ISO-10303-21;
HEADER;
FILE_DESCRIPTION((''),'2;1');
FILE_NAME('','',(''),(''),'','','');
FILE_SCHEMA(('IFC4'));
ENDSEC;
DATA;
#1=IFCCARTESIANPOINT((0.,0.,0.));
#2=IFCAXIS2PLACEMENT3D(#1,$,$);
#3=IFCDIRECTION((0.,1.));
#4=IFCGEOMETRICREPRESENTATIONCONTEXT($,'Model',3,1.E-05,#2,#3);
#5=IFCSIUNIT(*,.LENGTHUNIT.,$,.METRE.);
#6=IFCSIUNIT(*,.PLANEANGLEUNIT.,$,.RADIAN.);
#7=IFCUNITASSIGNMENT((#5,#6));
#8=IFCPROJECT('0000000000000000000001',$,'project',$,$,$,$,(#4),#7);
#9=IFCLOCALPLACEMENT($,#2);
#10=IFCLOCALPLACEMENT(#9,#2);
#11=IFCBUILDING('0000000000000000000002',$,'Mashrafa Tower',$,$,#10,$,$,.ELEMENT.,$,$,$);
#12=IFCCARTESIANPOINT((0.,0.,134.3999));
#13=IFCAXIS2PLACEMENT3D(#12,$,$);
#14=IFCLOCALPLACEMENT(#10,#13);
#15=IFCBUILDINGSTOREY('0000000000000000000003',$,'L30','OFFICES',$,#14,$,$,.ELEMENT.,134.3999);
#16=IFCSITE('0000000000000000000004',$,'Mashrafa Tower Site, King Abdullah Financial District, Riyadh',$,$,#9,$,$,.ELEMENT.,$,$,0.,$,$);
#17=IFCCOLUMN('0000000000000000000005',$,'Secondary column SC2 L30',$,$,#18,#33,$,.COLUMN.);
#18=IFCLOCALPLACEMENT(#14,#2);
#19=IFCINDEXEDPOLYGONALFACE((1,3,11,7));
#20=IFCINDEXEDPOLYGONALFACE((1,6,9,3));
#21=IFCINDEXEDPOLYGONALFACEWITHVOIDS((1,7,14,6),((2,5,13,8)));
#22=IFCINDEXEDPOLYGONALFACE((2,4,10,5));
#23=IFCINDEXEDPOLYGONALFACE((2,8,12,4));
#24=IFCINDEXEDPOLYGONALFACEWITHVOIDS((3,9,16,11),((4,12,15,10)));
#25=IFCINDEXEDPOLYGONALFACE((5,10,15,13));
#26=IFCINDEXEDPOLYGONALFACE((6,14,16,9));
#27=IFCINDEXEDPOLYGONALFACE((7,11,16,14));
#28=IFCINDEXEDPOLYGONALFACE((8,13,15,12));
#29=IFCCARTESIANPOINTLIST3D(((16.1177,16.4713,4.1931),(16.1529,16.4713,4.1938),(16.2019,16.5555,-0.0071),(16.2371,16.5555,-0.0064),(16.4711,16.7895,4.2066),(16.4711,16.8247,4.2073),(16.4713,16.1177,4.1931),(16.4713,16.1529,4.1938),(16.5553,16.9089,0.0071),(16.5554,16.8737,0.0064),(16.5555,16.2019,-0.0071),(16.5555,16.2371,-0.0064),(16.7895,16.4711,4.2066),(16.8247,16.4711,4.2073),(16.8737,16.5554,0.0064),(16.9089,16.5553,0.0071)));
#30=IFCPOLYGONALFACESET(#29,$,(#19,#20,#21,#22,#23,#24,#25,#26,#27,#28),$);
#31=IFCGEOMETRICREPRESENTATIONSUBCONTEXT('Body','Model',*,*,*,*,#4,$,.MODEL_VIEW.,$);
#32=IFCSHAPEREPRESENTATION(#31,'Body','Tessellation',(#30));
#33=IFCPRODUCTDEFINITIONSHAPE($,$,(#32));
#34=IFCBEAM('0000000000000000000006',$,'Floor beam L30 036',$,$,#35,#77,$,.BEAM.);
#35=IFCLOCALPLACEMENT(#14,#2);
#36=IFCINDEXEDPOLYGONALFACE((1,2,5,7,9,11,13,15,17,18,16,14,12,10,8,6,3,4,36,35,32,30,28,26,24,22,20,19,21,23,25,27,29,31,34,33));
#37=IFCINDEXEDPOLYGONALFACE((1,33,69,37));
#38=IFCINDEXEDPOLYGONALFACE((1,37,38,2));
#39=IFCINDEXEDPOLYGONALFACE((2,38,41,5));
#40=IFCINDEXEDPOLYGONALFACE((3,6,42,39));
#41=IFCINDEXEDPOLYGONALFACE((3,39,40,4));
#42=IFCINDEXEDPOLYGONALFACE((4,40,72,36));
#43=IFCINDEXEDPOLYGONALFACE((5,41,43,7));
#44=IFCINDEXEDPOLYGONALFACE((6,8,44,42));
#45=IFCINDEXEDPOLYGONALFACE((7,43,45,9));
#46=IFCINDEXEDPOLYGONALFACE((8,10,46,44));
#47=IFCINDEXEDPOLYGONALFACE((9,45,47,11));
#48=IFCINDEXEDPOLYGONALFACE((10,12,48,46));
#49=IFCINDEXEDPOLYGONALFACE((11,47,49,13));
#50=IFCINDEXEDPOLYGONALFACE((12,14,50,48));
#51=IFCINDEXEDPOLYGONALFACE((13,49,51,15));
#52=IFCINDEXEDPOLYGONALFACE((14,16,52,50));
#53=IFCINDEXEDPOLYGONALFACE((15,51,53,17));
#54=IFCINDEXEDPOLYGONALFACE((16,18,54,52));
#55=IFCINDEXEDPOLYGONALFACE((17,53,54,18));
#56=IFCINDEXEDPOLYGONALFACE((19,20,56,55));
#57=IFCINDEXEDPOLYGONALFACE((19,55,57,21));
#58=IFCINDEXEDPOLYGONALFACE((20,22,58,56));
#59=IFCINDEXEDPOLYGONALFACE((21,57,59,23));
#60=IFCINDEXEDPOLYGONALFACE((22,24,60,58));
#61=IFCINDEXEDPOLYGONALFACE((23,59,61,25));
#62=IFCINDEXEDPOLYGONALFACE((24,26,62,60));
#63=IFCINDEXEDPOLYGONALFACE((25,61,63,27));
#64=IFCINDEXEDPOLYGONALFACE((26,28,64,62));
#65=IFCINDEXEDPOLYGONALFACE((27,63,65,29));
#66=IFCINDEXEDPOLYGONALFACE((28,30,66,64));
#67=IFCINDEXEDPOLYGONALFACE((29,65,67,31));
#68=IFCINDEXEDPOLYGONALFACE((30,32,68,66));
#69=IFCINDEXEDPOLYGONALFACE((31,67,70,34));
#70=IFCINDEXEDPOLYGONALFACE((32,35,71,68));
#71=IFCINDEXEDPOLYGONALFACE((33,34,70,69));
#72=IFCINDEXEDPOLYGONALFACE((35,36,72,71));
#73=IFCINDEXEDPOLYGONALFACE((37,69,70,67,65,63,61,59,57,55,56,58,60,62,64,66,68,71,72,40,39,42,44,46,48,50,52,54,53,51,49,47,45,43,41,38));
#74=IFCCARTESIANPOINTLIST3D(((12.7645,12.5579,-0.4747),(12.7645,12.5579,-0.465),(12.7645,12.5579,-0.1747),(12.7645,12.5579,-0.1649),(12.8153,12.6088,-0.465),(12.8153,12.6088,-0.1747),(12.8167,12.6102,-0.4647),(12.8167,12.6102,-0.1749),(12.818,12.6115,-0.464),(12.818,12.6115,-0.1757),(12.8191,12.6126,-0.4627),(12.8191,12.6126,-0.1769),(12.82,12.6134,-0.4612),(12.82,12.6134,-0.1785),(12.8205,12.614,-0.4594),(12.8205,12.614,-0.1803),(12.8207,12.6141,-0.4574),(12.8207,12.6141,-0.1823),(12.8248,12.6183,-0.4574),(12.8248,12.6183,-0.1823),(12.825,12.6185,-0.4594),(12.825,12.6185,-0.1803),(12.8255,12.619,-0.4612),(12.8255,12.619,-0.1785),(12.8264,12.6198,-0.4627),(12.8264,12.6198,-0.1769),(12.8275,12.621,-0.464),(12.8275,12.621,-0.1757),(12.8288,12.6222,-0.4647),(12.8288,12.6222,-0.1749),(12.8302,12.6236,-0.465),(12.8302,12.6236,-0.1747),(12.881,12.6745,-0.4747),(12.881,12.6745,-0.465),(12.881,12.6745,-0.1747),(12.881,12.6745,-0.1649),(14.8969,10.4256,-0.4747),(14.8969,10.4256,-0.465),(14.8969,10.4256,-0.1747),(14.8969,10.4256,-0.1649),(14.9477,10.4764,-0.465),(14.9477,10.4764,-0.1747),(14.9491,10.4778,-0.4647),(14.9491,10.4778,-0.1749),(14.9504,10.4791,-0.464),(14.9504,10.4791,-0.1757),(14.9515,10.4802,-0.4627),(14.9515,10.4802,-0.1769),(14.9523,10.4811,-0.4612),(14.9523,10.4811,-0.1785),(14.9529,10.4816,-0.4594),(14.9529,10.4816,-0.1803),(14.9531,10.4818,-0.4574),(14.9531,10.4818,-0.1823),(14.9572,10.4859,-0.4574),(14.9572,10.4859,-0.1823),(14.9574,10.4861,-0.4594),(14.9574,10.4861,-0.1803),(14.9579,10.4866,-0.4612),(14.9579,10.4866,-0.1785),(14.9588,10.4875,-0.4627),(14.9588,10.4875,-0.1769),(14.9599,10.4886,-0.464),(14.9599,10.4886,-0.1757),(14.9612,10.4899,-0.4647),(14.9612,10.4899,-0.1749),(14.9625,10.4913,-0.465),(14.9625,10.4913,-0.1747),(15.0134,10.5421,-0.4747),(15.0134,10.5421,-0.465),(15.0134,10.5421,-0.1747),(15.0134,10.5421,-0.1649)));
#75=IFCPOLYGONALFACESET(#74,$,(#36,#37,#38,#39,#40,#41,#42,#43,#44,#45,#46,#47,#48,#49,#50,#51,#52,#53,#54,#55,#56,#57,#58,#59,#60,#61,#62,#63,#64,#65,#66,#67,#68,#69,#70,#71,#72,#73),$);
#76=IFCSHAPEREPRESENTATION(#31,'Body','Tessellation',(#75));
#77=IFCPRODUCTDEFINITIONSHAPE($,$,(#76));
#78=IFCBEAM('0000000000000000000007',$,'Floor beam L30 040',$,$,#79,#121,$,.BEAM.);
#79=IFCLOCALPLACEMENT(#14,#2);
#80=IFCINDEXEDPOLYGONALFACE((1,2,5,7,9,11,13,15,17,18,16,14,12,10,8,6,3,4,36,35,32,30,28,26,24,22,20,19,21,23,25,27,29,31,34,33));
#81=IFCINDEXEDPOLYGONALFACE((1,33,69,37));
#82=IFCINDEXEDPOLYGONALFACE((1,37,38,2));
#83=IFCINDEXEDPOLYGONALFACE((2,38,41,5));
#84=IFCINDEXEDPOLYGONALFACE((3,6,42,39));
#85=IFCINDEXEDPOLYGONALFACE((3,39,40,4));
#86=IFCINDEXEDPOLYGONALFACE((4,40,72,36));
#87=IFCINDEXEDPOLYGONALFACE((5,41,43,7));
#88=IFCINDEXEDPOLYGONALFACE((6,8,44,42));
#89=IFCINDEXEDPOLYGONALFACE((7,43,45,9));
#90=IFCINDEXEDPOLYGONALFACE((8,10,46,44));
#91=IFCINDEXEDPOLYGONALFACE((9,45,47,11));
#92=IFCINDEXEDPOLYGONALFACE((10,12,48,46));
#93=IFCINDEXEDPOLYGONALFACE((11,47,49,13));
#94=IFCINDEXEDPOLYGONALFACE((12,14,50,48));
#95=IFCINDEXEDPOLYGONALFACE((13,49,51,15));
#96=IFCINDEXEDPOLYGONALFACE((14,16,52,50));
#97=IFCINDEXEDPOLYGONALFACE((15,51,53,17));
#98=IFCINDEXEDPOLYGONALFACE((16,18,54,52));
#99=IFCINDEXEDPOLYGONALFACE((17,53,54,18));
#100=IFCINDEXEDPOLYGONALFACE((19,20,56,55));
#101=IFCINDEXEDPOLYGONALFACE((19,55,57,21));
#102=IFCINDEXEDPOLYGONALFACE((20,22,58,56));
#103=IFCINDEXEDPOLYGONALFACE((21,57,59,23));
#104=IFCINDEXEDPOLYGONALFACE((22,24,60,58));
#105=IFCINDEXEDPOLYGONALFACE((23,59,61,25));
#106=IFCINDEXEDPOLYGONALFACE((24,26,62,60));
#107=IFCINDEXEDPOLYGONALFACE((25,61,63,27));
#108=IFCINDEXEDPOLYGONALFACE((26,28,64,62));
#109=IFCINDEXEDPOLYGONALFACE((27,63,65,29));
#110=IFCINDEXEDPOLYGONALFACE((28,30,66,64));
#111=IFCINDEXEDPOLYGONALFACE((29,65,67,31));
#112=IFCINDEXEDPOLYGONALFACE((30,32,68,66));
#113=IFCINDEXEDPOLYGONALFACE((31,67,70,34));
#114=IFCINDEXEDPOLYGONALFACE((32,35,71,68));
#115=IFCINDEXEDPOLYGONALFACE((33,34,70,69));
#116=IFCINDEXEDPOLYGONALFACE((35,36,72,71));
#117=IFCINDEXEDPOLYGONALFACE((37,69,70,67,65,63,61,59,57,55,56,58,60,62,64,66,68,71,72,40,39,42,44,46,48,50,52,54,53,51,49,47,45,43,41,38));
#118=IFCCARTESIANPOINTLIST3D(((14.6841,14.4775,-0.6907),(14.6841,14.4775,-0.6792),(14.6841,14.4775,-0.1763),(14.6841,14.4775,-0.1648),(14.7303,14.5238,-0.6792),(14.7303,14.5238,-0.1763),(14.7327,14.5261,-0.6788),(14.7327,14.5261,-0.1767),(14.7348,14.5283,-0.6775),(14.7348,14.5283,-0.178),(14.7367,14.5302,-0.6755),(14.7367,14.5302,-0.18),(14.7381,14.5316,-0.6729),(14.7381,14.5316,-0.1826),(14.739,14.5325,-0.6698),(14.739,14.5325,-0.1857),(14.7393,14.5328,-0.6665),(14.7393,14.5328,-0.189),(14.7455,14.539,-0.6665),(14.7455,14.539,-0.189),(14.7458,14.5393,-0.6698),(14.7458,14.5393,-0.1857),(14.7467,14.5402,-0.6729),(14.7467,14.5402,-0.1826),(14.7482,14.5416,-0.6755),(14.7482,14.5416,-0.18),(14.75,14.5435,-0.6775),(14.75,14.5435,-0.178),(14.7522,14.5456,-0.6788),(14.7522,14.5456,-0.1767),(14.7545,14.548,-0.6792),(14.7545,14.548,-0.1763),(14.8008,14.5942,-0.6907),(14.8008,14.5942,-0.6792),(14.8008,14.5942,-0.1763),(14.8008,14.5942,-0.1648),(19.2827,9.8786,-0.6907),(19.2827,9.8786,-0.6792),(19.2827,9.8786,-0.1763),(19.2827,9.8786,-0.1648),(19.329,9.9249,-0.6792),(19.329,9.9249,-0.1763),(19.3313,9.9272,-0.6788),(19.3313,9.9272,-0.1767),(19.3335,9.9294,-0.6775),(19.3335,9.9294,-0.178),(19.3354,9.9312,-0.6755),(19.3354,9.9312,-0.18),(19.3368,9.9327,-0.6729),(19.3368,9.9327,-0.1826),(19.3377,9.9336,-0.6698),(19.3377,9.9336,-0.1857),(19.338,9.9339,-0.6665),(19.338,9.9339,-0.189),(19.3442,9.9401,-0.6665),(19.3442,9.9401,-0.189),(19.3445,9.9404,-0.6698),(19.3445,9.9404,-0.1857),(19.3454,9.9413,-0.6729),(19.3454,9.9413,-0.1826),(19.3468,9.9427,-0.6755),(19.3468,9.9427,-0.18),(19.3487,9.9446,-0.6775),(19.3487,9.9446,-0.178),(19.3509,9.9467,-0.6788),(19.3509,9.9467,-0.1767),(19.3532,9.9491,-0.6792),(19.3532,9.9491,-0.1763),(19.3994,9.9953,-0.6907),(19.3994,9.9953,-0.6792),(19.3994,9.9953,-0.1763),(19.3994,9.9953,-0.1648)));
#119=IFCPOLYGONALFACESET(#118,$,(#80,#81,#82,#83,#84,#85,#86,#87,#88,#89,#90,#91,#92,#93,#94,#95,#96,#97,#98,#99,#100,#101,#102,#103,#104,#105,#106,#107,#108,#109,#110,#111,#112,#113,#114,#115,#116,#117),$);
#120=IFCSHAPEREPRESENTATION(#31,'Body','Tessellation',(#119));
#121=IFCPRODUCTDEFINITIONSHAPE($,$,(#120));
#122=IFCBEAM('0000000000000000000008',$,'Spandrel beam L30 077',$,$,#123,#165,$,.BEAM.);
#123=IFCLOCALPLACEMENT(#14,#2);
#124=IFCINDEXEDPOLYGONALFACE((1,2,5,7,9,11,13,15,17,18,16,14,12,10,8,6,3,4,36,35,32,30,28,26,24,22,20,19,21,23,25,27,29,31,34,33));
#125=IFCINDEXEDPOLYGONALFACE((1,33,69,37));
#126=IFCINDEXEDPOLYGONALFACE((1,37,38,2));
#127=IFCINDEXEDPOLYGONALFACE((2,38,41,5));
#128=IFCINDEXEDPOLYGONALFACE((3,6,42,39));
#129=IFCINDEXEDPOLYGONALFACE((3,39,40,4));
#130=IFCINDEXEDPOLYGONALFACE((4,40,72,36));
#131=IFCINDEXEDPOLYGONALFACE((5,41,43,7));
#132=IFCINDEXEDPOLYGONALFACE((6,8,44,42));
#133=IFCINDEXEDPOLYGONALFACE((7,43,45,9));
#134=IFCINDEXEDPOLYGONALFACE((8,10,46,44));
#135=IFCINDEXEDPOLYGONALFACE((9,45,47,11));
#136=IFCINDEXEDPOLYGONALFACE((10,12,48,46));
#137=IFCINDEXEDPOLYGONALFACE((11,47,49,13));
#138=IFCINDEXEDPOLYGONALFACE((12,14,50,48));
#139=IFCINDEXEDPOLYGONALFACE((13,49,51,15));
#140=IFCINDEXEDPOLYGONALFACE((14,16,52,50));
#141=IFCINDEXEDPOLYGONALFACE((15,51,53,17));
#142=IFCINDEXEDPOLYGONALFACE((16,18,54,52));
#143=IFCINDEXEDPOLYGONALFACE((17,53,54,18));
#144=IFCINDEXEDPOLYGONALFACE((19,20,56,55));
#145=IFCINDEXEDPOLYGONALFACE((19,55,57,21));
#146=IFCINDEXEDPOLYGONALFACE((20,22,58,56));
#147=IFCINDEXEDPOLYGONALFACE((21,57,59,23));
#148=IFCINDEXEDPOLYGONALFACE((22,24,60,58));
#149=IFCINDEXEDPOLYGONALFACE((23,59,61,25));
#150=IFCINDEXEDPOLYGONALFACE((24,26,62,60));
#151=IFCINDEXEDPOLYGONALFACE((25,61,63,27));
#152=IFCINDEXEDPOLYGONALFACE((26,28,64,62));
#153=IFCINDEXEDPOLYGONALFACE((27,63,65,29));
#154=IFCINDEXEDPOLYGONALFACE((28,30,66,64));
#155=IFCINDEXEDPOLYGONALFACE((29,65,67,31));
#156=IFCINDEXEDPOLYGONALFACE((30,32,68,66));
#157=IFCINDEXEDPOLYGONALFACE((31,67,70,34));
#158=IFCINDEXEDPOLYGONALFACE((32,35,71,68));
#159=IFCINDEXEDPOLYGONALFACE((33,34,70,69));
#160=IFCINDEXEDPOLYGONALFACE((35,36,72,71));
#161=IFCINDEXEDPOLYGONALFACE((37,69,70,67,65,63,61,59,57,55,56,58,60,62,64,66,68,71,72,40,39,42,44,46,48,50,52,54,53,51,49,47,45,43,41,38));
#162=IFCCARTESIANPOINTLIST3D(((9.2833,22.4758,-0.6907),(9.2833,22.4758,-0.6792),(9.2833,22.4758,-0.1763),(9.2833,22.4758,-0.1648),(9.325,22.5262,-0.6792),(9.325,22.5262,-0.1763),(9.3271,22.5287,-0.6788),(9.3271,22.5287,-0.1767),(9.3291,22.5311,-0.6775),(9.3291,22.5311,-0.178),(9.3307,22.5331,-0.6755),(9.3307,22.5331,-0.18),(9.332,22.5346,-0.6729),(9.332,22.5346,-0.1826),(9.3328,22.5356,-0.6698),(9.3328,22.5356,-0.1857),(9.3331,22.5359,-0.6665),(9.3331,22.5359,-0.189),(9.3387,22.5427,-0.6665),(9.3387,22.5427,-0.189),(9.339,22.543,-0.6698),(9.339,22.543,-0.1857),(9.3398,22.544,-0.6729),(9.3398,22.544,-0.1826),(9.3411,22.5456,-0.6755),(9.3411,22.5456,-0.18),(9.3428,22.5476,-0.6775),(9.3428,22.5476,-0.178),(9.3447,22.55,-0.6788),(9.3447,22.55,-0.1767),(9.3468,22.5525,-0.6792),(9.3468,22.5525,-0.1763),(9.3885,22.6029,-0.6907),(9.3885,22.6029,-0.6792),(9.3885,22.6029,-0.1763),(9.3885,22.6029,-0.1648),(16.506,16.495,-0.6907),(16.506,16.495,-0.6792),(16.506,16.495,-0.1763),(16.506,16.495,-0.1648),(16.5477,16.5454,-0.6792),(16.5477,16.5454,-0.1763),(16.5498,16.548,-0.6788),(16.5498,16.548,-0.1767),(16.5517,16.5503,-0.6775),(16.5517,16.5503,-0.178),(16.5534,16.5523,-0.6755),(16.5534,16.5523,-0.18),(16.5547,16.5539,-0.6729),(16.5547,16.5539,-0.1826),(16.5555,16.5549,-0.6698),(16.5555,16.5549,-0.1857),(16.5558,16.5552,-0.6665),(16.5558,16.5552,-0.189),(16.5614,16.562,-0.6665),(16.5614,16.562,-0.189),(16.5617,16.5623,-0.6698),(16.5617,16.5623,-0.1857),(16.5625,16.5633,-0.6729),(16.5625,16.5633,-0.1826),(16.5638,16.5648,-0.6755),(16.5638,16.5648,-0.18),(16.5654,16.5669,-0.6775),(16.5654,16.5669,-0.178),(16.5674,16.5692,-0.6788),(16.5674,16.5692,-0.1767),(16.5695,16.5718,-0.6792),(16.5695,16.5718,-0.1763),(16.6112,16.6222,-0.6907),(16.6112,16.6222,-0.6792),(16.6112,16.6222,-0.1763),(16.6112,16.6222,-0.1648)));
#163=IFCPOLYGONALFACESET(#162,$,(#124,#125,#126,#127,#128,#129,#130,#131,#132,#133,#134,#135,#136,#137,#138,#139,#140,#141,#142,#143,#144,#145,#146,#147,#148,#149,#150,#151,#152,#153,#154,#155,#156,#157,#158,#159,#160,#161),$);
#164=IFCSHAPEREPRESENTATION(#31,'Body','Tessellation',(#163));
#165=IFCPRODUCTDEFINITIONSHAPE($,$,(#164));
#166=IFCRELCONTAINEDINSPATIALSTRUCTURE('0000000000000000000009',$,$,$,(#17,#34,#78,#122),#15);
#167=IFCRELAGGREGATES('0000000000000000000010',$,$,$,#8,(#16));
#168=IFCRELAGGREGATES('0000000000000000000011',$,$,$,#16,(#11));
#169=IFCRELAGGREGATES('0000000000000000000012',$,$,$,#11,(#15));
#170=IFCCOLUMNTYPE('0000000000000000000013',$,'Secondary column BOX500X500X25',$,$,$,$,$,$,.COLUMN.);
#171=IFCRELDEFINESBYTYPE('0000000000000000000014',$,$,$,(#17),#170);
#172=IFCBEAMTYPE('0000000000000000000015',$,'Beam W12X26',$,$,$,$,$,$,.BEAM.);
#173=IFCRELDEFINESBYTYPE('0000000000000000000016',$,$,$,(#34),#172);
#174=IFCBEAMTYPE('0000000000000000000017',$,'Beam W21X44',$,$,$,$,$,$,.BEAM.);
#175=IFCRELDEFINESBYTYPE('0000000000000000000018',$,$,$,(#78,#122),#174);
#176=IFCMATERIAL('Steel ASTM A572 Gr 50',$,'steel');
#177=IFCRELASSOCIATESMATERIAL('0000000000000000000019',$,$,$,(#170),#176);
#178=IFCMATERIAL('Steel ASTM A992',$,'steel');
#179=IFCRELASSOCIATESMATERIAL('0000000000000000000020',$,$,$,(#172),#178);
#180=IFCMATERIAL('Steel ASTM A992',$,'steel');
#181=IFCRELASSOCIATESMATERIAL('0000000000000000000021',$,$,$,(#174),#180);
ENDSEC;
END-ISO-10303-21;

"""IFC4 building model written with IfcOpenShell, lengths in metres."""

from ifc_helpers import new_model, si_unit, direction, frame, origin, origin_2d, place, context, subcontext, project, spatial, hollow_rectangle, i_section, extrude, material, material_profile, profile_set, type_object, element, save


model = new_model("IFC4")

# Units and contexts
model_context = context("Model", 3, precision=1e-05, world=origin(), true_north=direction((0.0, 1.0)))
body_context = subcontext(model_context, "Body", "Model", "MODEL_VIEW")
ifc_project = project(units=[si_unit("LENGTHUNIT", "METRE"), si_unit("PLANEANGLEUNIT", "RADIAN")], contexts=[model_context])

# Site, building, storey
site_placement = place(None, origin())
site = spatial("IfcSite", under=ifc_project, at=site_placement, Name="Mashrafa Tower Site, King Abdullah Financial District, Riyadh", CompositionType="ELEMENT", RefElevation=0.0)
building_placement = place(site_placement, origin())
building = spatial("IfcBuilding", under=site, at=building_placement, Name="Mashrafa Tower", CompositionType="ELEMENT")
storey_placement = place(building_placement, frame((0.0, 0.0, 134.3999)))
storey = spatial("IfcBuildingStorey", under=building, at=storey_placement, Name="L30", Description="OFFICES", CompositionType="ELEMENT", Elevation=134.3999)

# Column
ifc_material_1 = material(Name="Steel ASTM A572 Gr 50", Category="steel")
ifc_material_profile_1 = material_profile(ifc_material_1, hollow_rectangle(XDim=0.5, YDim=0.5, WallThickness=0.0249, at=origin_2d()), Name="BOX500X500X25")
ifc_profile_set_1 = profile_set([ifc_material_profile_1], Name="Steel ASTM A572 Gr 50")
column_type = type_object("IfcColumnType", Name="Secondary column BOX500X500X25", PredefinedType="COLUMN", material=ifc_profile_set_1)
column_placement = place(storey_placement, frame((16.5554, 16.5554, 0.0), z_axis=(-0.020045, -0.020045, 0.999598), x_axis=(0.707107, -0.707107, 0.0)))
element("IfcColumn", 1, at=column_placement, inside=storey, type_object=column_type, Name="Secondary column SC2 L30", PredefinedType="COLUMN", context=body_context, shape_type="SweptSolid", body=[
    extrude(hollow_rectangle(XDim=0.5, YDim=0.5, WallThickness=0.0249, at=origin_2d()), origin(), (0.0, 0.0, 1.0), 4.2019),
])

# Beams
ifc_material_2 = material(Name="Steel ASTM A992", Category="steel")
ifc_material_profile_2 = material_profile(ifc_material_2, i_section(OverallWidth=0.1648, OverallDepth=0.3098, WebThickness=0.0059, FlangeThickness=0.0098, FilletRadius=0.0076, at=origin_2d()), Name="W12X26")
ifc_profile_set_2 = profile_set([ifc_material_profile_2], Name="Steel ASTM A992")
beam_type_1 = type_object("IfcBeamType", Name="Beam W12X26", PredefinedType="BEAM", material=ifc_profile_set_2)
beam_1_placement = place(storey_placement, frame((12.8228, 12.6162, -0.3198), z_axis=(0.707107, -0.707107, 0.0), x_axis=(0.707107, 0.707107, 0.0)))
element("IfcBeam", 2, at=beam_1_placement, inside=storey, type_object=beam_type_1, Name="Floor beam L30 036", PredefinedType="BEAM", context=body_context, shape_type="SweptSolid", body=[
    extrude(i_section(OverallWidth=0.1648, OverallDepth=0.3098, WebThickness=0.0059, FlangeThickness=0.0098, FilletRadius=0.0076, at=origin_2d()), origin(), (0.0, 0.0, 1.0), 3.0156),
])
ifc_material_3 = material(Name="Steel ASTM A992", Category="steel")
ifc_material_profile_3 = material_profile(ifc_material_3, i_section(OverallWidth=0.165, OverallDepth=0.5259, WebThickness=0.0088, FlangeThickness=0.0115, FilletRadius=0.0127, at=origin_2d()), Name="W21X44")
ifc_profile_set_3 = profile_set([ifc_material_profile_3], Name="Steel ASTM A992")
beam_type_2 = type_object("IfcBeamType", Name="Beam W21X44", PredefinedType="BEAM", material=ifc_profile_set_3)
beam_2_placement = place(storey_placement, frame((14.7424, 14.5359, -0.4277), z_axis=(0.707088, -0.707126, 0.0), x_axis=(0.707126, 0.707088, 0.0)))
element("IfcBeam", 3, at=beam_2_placement, inside=storey, type_object=beam_type_2, Name="Floor beam L30 040", PredefinedType="BEAM", context=body_context, shape_type="SweptSolid", body=[
    extrude(i_section(OverallWidth=0.165, OverallDepth=0.5259, WebThickness=0.0088, FlangeThickness=0.0115, FilletRadius=0.0127, at=origin_2d()), origin(), (0.0, 0.0, 1.0), 6.5037),
])
beam_3_placement = place(storey_placement, frame((16.5586, 16.5586, -0.4277), z_axis=(-0.770219, 0.637779, 0.0), x_axis=(-0.637779, -0.770219, 0.0)))
element("IfcBeam", 4, at=beam_3_placement, inside=storey, type_object=beam_type_2, Name="Spandrel beam L30 077", PredefinedType="BEAM", context=body_context, shape_type="SweptSolid", body=[
    extrude(i_section(OverallWidth=0.165, OverallDepth=0.5259, WebThickness=0.0088, FlangeThickness=0.0115, FilletRadius=0.0127, at=origin_2d()), origin(), (0.0, 0.0, 1.0), 9.3774),
])

save(model, "model.ifc")
